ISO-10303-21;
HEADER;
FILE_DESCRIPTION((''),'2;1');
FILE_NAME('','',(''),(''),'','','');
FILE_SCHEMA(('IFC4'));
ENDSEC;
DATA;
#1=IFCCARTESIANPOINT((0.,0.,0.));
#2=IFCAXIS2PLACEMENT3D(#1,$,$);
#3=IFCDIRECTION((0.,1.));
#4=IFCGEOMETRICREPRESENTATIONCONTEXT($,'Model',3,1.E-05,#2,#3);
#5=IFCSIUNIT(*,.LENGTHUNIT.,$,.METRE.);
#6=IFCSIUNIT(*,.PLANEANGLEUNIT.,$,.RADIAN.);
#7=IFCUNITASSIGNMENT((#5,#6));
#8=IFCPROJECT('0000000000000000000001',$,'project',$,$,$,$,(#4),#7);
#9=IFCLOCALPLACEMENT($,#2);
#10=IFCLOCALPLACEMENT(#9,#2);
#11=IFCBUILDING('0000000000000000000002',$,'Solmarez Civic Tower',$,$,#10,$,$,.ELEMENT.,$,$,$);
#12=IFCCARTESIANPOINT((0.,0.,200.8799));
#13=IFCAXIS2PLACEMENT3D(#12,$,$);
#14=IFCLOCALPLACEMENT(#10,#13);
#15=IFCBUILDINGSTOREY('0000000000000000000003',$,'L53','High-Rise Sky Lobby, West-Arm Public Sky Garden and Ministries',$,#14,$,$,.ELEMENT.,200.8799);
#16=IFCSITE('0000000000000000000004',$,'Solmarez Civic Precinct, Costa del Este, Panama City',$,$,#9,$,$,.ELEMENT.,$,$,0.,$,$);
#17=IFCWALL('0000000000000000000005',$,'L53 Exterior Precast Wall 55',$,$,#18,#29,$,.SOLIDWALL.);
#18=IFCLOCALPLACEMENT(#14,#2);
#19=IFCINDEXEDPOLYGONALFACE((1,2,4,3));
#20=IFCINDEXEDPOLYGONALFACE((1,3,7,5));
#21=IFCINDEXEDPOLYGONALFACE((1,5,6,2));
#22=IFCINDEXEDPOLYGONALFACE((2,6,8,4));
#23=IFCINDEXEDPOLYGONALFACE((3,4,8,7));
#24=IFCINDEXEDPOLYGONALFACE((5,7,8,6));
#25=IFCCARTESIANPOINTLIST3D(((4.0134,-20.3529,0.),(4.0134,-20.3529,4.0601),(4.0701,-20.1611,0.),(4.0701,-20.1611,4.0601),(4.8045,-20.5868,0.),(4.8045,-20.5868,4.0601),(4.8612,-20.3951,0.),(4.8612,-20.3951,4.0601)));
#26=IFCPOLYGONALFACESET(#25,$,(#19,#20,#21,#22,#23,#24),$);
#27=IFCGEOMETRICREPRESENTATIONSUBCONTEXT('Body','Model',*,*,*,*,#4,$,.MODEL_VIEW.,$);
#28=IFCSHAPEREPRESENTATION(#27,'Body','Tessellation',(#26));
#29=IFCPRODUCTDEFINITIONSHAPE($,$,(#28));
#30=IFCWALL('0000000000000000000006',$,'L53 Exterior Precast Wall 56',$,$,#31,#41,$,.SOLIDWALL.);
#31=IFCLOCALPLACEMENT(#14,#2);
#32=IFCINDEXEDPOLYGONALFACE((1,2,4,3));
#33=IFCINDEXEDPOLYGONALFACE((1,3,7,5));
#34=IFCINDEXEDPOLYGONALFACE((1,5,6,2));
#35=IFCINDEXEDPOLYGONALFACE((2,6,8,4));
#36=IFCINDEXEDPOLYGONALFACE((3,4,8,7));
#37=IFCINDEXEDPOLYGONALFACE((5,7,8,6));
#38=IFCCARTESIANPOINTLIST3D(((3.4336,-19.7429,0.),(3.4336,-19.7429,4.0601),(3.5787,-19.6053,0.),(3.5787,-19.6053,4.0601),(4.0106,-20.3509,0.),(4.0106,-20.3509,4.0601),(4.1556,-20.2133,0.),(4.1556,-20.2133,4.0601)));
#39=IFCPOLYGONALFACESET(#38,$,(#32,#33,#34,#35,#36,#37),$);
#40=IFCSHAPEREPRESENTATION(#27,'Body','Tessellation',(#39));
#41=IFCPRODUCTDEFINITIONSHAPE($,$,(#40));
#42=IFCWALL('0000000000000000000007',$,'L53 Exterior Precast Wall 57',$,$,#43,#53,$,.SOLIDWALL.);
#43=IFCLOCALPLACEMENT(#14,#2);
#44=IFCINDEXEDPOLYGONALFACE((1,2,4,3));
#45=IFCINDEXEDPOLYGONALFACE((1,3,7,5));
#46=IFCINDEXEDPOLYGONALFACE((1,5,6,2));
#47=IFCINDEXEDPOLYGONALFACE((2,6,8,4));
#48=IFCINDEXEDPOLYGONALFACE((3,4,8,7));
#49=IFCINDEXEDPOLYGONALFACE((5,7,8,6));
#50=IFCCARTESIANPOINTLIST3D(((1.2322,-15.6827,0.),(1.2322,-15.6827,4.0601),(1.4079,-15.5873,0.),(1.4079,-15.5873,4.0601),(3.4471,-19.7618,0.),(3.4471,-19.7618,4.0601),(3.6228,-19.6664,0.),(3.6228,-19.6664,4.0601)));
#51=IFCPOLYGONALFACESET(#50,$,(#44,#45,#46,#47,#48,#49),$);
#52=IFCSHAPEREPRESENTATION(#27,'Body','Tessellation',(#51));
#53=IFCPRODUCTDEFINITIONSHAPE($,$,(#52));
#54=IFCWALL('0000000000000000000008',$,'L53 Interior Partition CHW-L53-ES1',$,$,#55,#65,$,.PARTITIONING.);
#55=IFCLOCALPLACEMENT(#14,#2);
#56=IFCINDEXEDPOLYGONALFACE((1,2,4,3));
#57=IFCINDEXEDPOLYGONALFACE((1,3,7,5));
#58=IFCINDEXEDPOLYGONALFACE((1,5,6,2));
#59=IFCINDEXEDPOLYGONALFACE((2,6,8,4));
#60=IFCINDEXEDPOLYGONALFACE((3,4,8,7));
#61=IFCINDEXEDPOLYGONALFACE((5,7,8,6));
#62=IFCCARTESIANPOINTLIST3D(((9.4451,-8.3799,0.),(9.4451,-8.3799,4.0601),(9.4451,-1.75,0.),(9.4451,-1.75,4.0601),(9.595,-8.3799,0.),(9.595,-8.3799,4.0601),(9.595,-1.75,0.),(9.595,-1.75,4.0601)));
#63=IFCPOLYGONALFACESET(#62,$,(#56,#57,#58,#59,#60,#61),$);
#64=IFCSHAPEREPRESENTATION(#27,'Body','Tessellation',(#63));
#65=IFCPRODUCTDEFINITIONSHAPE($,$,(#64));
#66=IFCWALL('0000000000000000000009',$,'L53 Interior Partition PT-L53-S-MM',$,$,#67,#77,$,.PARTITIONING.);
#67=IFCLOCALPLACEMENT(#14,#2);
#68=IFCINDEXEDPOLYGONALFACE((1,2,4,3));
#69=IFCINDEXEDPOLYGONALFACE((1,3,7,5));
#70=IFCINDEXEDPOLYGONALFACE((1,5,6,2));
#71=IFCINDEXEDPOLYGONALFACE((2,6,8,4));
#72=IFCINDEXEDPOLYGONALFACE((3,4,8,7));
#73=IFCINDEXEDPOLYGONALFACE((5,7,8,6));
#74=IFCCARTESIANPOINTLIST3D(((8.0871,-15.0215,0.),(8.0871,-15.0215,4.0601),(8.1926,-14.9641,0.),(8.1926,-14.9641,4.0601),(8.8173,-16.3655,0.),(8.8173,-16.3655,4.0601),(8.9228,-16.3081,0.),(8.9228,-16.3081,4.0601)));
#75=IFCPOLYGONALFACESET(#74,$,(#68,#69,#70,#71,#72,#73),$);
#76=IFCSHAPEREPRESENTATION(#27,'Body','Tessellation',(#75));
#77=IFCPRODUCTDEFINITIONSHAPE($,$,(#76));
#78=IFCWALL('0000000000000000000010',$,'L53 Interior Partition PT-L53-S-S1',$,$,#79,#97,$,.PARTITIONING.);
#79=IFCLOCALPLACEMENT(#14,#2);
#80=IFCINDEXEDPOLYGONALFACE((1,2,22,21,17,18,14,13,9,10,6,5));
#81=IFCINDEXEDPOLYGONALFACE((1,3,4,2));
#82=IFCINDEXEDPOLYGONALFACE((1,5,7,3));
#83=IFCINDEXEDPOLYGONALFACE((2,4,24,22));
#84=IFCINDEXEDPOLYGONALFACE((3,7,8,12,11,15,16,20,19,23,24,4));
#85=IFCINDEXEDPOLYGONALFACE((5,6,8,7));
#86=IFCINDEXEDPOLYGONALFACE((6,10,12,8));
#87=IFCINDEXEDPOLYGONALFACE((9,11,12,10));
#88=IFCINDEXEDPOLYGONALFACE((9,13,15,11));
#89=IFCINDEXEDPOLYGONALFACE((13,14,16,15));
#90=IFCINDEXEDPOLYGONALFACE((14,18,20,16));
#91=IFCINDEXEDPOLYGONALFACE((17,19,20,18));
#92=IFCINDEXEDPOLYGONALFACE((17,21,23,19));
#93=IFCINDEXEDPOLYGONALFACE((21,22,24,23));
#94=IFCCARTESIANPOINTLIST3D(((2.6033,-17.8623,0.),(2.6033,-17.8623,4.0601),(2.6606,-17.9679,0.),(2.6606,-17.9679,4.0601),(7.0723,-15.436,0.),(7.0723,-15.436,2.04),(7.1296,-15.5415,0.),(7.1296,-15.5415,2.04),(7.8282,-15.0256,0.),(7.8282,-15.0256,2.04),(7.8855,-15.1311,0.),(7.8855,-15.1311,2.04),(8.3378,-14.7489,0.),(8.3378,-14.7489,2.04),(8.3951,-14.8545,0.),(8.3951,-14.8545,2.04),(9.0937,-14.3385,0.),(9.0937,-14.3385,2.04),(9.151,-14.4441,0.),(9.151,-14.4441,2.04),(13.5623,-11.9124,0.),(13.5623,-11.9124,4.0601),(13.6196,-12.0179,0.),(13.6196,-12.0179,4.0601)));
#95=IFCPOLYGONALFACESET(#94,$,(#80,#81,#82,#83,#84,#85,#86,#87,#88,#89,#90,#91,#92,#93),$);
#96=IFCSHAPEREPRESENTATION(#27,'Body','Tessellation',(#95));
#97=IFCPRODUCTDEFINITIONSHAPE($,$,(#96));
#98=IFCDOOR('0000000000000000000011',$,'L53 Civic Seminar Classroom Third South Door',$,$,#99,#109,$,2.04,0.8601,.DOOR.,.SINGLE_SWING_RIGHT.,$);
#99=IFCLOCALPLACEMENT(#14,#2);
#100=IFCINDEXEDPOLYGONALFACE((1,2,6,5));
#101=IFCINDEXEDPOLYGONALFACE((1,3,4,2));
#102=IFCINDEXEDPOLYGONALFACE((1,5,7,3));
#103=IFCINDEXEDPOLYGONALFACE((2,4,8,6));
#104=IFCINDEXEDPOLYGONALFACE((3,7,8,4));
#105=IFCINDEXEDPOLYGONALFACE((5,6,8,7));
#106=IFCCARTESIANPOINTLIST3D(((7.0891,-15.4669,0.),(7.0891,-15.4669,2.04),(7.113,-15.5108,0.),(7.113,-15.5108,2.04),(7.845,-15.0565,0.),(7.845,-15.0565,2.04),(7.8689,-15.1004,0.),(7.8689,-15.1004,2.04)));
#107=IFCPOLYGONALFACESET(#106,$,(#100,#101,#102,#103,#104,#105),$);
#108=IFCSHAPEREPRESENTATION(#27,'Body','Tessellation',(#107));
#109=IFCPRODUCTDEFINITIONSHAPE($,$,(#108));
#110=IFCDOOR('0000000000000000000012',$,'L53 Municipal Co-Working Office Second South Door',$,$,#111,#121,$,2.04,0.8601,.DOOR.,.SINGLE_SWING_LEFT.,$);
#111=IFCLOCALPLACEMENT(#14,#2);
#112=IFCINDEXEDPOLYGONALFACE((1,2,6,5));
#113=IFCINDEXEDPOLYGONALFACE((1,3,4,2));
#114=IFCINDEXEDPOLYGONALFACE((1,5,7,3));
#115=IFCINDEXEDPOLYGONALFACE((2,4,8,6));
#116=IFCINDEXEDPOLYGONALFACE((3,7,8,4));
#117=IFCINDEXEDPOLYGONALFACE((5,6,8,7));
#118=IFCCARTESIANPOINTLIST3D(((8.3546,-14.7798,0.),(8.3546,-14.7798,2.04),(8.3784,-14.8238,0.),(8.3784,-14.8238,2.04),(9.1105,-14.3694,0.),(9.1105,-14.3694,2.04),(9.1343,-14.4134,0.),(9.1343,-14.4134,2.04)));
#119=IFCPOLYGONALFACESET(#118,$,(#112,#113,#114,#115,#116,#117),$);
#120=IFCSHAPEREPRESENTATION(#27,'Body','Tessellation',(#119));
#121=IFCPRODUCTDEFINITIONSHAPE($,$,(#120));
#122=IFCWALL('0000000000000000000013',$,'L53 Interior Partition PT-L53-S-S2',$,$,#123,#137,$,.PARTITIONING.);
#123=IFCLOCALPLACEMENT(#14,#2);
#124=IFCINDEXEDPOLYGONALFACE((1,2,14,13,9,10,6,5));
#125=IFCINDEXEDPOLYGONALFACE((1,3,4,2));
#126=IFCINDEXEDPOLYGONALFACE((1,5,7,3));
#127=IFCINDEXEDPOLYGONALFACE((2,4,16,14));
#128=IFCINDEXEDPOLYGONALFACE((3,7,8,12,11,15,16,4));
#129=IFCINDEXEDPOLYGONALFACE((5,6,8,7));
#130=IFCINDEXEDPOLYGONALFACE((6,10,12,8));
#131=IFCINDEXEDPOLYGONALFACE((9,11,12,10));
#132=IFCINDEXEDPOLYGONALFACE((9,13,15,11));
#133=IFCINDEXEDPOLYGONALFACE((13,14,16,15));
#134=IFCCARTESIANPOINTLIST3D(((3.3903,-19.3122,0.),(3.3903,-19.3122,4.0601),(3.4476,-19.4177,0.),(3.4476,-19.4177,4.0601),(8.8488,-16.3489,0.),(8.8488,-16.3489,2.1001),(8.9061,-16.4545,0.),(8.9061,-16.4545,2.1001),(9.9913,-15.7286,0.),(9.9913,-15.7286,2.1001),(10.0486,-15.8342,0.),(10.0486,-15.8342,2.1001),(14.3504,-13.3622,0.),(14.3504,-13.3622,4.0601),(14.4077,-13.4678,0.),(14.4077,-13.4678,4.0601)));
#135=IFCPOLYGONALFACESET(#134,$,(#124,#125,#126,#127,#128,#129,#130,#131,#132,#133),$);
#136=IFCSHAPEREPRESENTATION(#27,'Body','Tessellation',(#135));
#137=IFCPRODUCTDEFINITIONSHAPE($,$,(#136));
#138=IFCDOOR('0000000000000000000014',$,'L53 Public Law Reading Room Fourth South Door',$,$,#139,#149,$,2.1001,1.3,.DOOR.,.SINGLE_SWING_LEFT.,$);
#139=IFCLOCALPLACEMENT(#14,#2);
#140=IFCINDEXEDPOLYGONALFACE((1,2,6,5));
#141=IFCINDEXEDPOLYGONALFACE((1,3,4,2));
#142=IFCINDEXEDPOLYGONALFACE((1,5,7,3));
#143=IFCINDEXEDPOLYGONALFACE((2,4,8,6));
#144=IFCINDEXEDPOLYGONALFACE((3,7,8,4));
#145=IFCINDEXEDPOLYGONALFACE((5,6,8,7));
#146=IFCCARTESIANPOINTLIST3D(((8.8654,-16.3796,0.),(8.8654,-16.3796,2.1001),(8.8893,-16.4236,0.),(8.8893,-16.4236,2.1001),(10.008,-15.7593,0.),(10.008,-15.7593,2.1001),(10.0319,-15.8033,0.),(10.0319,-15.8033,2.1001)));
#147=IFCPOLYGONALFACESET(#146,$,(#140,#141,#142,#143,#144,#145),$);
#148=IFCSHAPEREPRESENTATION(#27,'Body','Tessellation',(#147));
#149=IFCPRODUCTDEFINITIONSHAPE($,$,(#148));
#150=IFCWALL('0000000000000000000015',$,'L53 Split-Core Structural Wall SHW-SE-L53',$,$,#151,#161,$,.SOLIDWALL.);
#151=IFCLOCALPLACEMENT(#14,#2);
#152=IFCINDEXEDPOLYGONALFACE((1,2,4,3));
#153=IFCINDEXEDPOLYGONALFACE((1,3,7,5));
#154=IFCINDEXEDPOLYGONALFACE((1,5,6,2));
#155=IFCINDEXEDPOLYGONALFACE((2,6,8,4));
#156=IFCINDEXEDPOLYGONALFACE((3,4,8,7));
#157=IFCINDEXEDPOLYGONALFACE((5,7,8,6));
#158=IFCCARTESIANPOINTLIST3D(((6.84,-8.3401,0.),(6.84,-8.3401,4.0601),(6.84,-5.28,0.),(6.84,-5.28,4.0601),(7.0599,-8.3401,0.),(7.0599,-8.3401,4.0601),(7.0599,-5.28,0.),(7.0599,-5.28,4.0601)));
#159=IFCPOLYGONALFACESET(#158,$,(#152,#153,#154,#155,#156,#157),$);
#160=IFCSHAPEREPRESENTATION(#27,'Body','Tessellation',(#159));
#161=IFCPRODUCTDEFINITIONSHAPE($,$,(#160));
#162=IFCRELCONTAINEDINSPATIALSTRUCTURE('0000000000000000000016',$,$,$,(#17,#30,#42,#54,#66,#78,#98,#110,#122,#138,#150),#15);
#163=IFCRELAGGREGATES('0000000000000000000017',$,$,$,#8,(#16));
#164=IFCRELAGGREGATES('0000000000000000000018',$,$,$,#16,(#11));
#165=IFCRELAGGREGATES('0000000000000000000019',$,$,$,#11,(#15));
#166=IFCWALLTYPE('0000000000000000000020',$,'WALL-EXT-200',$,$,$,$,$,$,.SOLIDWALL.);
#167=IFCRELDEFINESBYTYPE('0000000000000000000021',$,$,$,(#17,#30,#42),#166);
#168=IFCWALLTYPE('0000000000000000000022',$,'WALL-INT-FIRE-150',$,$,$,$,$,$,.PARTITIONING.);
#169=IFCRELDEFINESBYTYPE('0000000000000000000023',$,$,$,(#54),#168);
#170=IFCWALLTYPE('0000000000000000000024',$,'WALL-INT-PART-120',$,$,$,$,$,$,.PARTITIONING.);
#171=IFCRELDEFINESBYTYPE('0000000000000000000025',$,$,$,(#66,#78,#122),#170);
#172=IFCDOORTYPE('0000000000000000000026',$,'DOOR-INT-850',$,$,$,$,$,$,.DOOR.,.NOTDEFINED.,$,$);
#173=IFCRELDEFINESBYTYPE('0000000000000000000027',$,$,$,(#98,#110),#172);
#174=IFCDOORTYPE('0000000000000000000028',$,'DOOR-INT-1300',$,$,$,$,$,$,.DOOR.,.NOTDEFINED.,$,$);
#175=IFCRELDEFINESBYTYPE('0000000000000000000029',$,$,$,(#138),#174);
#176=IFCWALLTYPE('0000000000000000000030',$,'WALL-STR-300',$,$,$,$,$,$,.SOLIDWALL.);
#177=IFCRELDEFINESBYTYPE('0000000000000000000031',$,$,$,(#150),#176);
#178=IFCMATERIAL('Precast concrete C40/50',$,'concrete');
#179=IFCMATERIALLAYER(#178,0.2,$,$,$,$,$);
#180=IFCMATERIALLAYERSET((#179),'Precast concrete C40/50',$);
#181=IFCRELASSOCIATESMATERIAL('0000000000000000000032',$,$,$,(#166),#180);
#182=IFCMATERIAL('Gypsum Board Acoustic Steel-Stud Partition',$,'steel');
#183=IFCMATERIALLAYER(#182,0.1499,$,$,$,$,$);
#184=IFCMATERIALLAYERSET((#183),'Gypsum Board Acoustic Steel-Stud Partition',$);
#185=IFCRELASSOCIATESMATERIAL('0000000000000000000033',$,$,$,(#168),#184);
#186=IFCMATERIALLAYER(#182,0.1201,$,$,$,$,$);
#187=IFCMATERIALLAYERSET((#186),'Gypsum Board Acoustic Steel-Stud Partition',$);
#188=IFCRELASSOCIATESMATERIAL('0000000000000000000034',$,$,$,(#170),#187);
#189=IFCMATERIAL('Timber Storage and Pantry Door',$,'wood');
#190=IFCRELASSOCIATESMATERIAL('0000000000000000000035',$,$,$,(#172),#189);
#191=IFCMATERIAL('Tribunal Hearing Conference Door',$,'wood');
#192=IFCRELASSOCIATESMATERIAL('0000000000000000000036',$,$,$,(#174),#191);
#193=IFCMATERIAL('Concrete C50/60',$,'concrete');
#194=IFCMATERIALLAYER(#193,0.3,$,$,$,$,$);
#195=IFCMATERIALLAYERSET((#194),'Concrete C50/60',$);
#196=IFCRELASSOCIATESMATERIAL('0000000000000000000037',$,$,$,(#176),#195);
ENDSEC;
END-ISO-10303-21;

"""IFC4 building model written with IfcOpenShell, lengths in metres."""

from ifc_helpers import new_model, si_unit, direction, frame, frame_2d, origin, place, context, subcontext, project, spatial, rectangle, extrude, material, layer, layer_set, type_object, element, fill, save


model = new_model("IFC4")

# Units and contexts
model_context = context("Model", 3, precision=1e-05, world=origin(), true_north=direction((0.0, 1.0)))
body_context = subcontext(model_context, "Body", "Model", "MODEL_VIEW")
ifc_project = project(units=[si_unit("LENGTHUNIT", "METRE"), si_unit("PLANEANGLEUNIT", "RADIAN")], contexts=[model_context])

# Site, building, storey
site_placement = place(None, origin())
site = spatial("IfcSite", under=ifc_project, at=site_placement, Name="Solmarez Civic Precinct, Costa del Este, Panama City", CompositionType="ELEMENT", RefElevation=0.0)
building_placement = place(site_placement, origin())
building = spatial("IfcBuilding", under=site, at=building_placement, Name="Solmarez Civic Tower", CompositionType="ELEMENT")
storey_placement = place(building_placement, frame((0.0, 0.0, 200.8799)))
storey = spatial("IfcBuildingStorey", under=building, at=storey_placement, Name="L53", Description="High-Rise Sky Lobby, West-Arm Public Sky Garden and Ministries", CompositionType="ELEMENT", Elevation=200.8799)

# Shared definitions
ifc_material_1 = material(Name="Concrete C50/60", Category="concrete")

# Shared definitions
ifc_material_2 = material(Name="Precast concrete C40/50", Category="concrete")
ifc_layer_1 = layer(ifc_material_2, 0.2)
ifc_layer_set_1 = layer_set([ifc_layer_1], Name="Precast concrete C40/50")
wall_type_1 = type_object("IfcWallType", Name="WALL-EXT-200", PredefinedType="SOLIDWALL", material=ifc_layer_set_1)

# Walls
wall_1_placement = place(storey_placement, frame((4.833, -20.491, 0.0), z_axis=(0.0, 0.0, 1.0), x_axis=(-0.958959, 0.283544, 0.0)))
element("IfcWall", 1, at=wall_1_placement, inside=storey, type_object=wall_type_1, Name="L53 Exterior Precast Wall 55", PredefinedType="SOLIDWALL", context=body_context, shape_type="SweptSolid", body=[
    extrude(rectangle(XDim=0.825, YDim=0.2, at=frame_2d((0.4126, 0.0))), origin(), (0.0, 0.0, 1.0), 4.0601),
])
wall_2_placement = place(storey_placement, frame((4.083, -20.282, 0.0), z_axis=(0.0, 0.0, 1.0), x_axis=(-0.688367, 0.725363, 0.0)))
element("IfcWall", 2, at=wall_2_placement, inside=storey, type_object=wall_type_1, Name="L53 Exterior Precast Wall 56", PredefinedType="SOLIDWALL", context=body_context, shape_type="SweptSolid", body=[
    extrude(rectangle(XDim=0.8381, YDim=0.2, at=frame_2d((0.4189, 0.0))), origin(), (0.0, 0.0, 1.0), 4.0601),
])
wall_3_placement = place(storey_placement, frame((3.5349, -19.7141, 0.0), z_axis=(0.0, 0.0, 1.0), x_axis=(-0.477171, 0.878811, 0.0)))
element("IfcWall", 3, at=wall_3_placement, inside=storey, type_object=wall_type_1, Name="L53 Exterior Precast Wall 57", PredefinedType="SOLIDWALL", context=body_context, shape_type="SweptSolid", body=[
    extrude(rectangle(XDim=4.6416, YDim=0.2, at=frame_2d((2.3208, 0.0))), origin(), (0.0, 0.0, 1.0), 4.0601),
])
ifc_material_3 = material(Name="Gypsum Board Acoustic Steel-Stud Partition", Category="steel")
ifc_layer_2 = layer(ifc_material_3, 0.1499)
ifc_layer_set_2 = layer_set([ifc_layer_2], Name="Gypsum Board Acoustic Steel-Stud Partition")
wall_type_2 = type_object("IfcWallType", Name="WALL-INT-FIRE-150", PredefinedType="PARTITIONING", material=ifc_layer_set_2)
wall_4_placement = place(storey_placement, frame((9.52, -8.3799, 0.0), z_axis=(0.0, 0.0, 1.0), x_axis=(0.0, 1.0, 0.0)))
element("IfcWall", 4, at=wall_4_placement, inside=storey, type_object=wall_type_2, Name="L53 Interior Partition CHW-L53-ES1", PredefinedType="PARTITIONING", context=body_context, shape_type="SweptSolid", body=[
    extrude(rectangle(XDim=6.6299, YDim=0.1499, at=frame_2d((3.3149, 0.0))), origin(), (0.0, 0.0, 1.0), 4.0601),
])
ifc_layer_3 = layer(ifc_material_3, 0.1201)
ifc_layer_set_3 = layer_set([ifc_layer_3], Name="Gypsum Board Acoustic Steel-Stud Partition")
wall_type_3 = type_object("IfcWallType", Name="WALL-INT-PART-120", PredefinedType="PARTITIONING", material=ifc_layer_set_3)
wall_5_placement = place(storey_placement, frame((8.1399, -14.9929, 0.0), z_axis=(0.0, 0.0, 1.0), x_axis=(0.477409, -0.878681, 0.0)))
element("IfcWall", 5, at=wall_5_placement, inside=storey, type_object=wall_type_3, Name="L53 Interior Partition PT-L53-S-MM", PredefinedType="PARTITIONING", context=body_context, shape_type="SweptSolid", body=[
    extrude(rectangle(XDim=1.5295, YDim=0.1201, at=frame_2d((0.7646, 0.0))), origin(), (0.0, 0.0, 1.0), 4.0601),
])

# Wall, openings, doors
wall_6_placement = place(storey_placement, frame((2.6321, -17.915, 0.0), z_axis=(0.0, 0.0, 1.0), x_axis=(0.878827, 0.477141, 0.0)))
wall_6 = element("IfcWall", 6, at=wall_6_placement, inside=storey, type_object=wall_type_3, Name="L53 Interior Partition PT-L53-S-S1", PredefinedType="PARTITIONING", context=body_context, shape_type="SweptSolid", body=[
    extrude(rectangle(XDim=12.47, YDim=0.1201, at=frame_2d((6.2349, 0.0))), origin(), (0.0, 0.0, 1.0), 4.0601),
])
opening_1_placement = place(wall_6_placement, frame((5.085, 0.0, 0.0)))
opening_1 = element("IfcOpeningElement", 7, at=opening_1_placement, cuts=wall_6, PredefinedType="OPENING", context=body_context, shape_type="SweptSolid", body=[
    extrude(rectangle(XDim=0.8601, YDim=2.04, at=frame_2d((0.4302, 1.02))), frame((0.0, 0.0701, 0.0), z_axis=(0.0, -1.0, 0.0), x_axis=(1.0, 0.0, 0.0)), (0.0, 0.0, 1.0), 0.1401),
])
opening_2_placement = place(wall_6_placement, frame((6.5249, 0.0, 0.0)))
opening_2 = element("IfcOpeningElement", 8, at=opening_2_placement, cuts=wall_6, PredefinedType="OPENING", context=body_context, shape_type="SweptSolid", body=[
    extrude(rectangle(XDim=0.8601, YDim=2.04, at=frame_2d((0.4302, 1.02))), frame((0.0, 0.0701, 0.0), z_axis=(0.0, -1.0, 0.0), x_axis=(1.0, 0.0, 0.0)), (0.0, 0.0, 1.0), 0.1401),
])
ifc_material_4 = material(Name="Timber Storage and Pantry Door", Category="wood")
door_type_1 = type_object("IfcDoorType", Name="DOOR-INT-850", OperationType="NOTDEFINED", PredefinedType="DOOR", material=ifc_material_4)
door_1_placement = place(opening_1_placement, origin())
door_1 = element("IfcDoor", 9, at=door_1_placement, inside=storey, type_object=door_type_1, Name="L53 Civic Seminar Classroom Third South Door", OperationType="SINGLE_SWING_RIGHT", OverallHeight=2.04, OverallWidth=0.8601, PredefinedType="DOOR", context=body_context, shape_type="SweptSolid", body=[
    extrude(rectangle(XDim=0.8601, YDim=2.04, at=frame_2d((0.4302, 1.02))), frame((0.0, 0.0249, 0.0), z_axis=(0.0, -1.0, 0.0), x_axis=(1.0, 0.0, 0.0)), (0.0, 0.0, 1.0), 0.05),
])
fill(opening_1, door_1)
door_2_placement = place(opening_2_placement, origin())
door_2 = element("IfcDoor", 10, at=door_2_placement, inside=storey, type_object=door_type_1, Name="L53 Municipal Co-Working Office Second South Door", OperationType="SINGLE_SWING_LEFT", OverallHeight=2.04, OverallWidth=0.8601, PredefinedType="DOOR", context=body_context, shape_type="SweptSolid", body=[
    extrude(rectangle(XDim=0.8601, YDim=2.04, at=frame_2d((0.4302, 1.02))), frame((0.0, 0.0249, 0.0), z_axis=(0.0, -1.0, 0.0), x_axis=(1.0, 0.0, 0.0)), (0.0, 0.0, 1.0), 0.05),
])
fill(opening_2, door_2)

# Wall, opening, door
wall_7_placement = place(storey_placement, frame((14.3789, -13.415, 0.0), z_axis=(0.0, 0.0, 1.0), x_axis=(-0.878845, -0.477108, 0.0)))
wall_7 = element("IfcWall", 11, at=wall_7_placement, inside=storey, type_object=wall_type_3, Name="L53 Interior Partition PT-L53-S-S2", PredefinedType="PARTITIONING", context=body_context, shape_type="SweptSolid", body=[
    extrude(rectangle(XDim=12.4709, YDim=0.1201, at=frame_2d((6.2354, 0.0))), origin(), (0.0, 0.0, 1.0), 4.0601),
])
opening_3_placement = place(wall_7_placement, frame((4.96, 0.0, 0.0)))
opening_3 = element("IfcOpeningElement", 12, at=opening_3_placement, cuts=wall_7, PredefinedType="OPENING", context=body_context, shape_type="SweptSolid", body=[
    extrude(rectangle(XDim=1.3, YDim=2.1001, at=frame_2d((0.6499, 1.05))), frame((0.0, 0.0701, 0.0), z_axis=(0.0, -1.0, 0.0), x_axis=(1.0, 0.0, 0.0)), (0.0, 0.0, 1.0), 0.1401),
])
ifc_material_5 = material(Name="Tribunal Hearing Conference Door", Category="wood")
door_type_2 = type_object("IfcDoorType", Name="DOOR-INT-1300", OperationType="NOTDEFINED", PredefinedType="DOOR", material=ifc_material_5)
door_3_placement = place(opening_3_placement, origin())
door_3 = element("IfcDoor", 13, at=door_3_placement, inside=storey, type_object=door_type_2, Name="L53 Public Law Reading Room Fourth South Door", OperationType="SINGLE_SWING_LEFT", OverallHeight=2.1001, OverallWidth=1.3, PredefinedType="DOOR", context=body_context, shape_type="SweptSolid", body=[
    extrude(rectangle(XDim=1.3, YDim=2.1001, at=frame_2d((0.6499, 1.05))), frame((0.0, 0.0249, 0.0), z_axis=(0.0, -1.0, 0.0), x_axis=(1.0, 0.0, 0.0)), (0.0, 0.0, 1.0), 0.05),
])
fill(opening_3, door_3)

# Wall
ifc_layer_4 = layer(ifc_material_1, 0.3)
ifc_layer_set_4 = layer_set([ifc_layer_4], Name="Concrete C50/60")
wall_type_4 = type_object("IfcWallType", Name="WALL-STR-300", PredefinedType="SOLIDWALL", material=ifc_layer_set_4)
wall_8_placement = place(storey_placement, frame((6.95, -8.3401, 0.0), z_axis=(0.0, 0.0, 1.0), x_axis=(0.0, 1.0, 0.0)))
element("IfcWall", 14, at=wall_8_placement, inside=storey, type_object=wall_type_4, Name="L53 Split-Core Structural Wall SHW-SE-L53", PredefinedType="SOLIDWALL", context=body_context, shape_type="SweptSolid", body=[
    extrude(rectangle(XDim=3.0601, YDim=0.22, at=frame_2d((1.53, 0.0))), origin(), (0.0, 0.0, 1.0), 4.0601),
])

save(model, "model.ifc")
